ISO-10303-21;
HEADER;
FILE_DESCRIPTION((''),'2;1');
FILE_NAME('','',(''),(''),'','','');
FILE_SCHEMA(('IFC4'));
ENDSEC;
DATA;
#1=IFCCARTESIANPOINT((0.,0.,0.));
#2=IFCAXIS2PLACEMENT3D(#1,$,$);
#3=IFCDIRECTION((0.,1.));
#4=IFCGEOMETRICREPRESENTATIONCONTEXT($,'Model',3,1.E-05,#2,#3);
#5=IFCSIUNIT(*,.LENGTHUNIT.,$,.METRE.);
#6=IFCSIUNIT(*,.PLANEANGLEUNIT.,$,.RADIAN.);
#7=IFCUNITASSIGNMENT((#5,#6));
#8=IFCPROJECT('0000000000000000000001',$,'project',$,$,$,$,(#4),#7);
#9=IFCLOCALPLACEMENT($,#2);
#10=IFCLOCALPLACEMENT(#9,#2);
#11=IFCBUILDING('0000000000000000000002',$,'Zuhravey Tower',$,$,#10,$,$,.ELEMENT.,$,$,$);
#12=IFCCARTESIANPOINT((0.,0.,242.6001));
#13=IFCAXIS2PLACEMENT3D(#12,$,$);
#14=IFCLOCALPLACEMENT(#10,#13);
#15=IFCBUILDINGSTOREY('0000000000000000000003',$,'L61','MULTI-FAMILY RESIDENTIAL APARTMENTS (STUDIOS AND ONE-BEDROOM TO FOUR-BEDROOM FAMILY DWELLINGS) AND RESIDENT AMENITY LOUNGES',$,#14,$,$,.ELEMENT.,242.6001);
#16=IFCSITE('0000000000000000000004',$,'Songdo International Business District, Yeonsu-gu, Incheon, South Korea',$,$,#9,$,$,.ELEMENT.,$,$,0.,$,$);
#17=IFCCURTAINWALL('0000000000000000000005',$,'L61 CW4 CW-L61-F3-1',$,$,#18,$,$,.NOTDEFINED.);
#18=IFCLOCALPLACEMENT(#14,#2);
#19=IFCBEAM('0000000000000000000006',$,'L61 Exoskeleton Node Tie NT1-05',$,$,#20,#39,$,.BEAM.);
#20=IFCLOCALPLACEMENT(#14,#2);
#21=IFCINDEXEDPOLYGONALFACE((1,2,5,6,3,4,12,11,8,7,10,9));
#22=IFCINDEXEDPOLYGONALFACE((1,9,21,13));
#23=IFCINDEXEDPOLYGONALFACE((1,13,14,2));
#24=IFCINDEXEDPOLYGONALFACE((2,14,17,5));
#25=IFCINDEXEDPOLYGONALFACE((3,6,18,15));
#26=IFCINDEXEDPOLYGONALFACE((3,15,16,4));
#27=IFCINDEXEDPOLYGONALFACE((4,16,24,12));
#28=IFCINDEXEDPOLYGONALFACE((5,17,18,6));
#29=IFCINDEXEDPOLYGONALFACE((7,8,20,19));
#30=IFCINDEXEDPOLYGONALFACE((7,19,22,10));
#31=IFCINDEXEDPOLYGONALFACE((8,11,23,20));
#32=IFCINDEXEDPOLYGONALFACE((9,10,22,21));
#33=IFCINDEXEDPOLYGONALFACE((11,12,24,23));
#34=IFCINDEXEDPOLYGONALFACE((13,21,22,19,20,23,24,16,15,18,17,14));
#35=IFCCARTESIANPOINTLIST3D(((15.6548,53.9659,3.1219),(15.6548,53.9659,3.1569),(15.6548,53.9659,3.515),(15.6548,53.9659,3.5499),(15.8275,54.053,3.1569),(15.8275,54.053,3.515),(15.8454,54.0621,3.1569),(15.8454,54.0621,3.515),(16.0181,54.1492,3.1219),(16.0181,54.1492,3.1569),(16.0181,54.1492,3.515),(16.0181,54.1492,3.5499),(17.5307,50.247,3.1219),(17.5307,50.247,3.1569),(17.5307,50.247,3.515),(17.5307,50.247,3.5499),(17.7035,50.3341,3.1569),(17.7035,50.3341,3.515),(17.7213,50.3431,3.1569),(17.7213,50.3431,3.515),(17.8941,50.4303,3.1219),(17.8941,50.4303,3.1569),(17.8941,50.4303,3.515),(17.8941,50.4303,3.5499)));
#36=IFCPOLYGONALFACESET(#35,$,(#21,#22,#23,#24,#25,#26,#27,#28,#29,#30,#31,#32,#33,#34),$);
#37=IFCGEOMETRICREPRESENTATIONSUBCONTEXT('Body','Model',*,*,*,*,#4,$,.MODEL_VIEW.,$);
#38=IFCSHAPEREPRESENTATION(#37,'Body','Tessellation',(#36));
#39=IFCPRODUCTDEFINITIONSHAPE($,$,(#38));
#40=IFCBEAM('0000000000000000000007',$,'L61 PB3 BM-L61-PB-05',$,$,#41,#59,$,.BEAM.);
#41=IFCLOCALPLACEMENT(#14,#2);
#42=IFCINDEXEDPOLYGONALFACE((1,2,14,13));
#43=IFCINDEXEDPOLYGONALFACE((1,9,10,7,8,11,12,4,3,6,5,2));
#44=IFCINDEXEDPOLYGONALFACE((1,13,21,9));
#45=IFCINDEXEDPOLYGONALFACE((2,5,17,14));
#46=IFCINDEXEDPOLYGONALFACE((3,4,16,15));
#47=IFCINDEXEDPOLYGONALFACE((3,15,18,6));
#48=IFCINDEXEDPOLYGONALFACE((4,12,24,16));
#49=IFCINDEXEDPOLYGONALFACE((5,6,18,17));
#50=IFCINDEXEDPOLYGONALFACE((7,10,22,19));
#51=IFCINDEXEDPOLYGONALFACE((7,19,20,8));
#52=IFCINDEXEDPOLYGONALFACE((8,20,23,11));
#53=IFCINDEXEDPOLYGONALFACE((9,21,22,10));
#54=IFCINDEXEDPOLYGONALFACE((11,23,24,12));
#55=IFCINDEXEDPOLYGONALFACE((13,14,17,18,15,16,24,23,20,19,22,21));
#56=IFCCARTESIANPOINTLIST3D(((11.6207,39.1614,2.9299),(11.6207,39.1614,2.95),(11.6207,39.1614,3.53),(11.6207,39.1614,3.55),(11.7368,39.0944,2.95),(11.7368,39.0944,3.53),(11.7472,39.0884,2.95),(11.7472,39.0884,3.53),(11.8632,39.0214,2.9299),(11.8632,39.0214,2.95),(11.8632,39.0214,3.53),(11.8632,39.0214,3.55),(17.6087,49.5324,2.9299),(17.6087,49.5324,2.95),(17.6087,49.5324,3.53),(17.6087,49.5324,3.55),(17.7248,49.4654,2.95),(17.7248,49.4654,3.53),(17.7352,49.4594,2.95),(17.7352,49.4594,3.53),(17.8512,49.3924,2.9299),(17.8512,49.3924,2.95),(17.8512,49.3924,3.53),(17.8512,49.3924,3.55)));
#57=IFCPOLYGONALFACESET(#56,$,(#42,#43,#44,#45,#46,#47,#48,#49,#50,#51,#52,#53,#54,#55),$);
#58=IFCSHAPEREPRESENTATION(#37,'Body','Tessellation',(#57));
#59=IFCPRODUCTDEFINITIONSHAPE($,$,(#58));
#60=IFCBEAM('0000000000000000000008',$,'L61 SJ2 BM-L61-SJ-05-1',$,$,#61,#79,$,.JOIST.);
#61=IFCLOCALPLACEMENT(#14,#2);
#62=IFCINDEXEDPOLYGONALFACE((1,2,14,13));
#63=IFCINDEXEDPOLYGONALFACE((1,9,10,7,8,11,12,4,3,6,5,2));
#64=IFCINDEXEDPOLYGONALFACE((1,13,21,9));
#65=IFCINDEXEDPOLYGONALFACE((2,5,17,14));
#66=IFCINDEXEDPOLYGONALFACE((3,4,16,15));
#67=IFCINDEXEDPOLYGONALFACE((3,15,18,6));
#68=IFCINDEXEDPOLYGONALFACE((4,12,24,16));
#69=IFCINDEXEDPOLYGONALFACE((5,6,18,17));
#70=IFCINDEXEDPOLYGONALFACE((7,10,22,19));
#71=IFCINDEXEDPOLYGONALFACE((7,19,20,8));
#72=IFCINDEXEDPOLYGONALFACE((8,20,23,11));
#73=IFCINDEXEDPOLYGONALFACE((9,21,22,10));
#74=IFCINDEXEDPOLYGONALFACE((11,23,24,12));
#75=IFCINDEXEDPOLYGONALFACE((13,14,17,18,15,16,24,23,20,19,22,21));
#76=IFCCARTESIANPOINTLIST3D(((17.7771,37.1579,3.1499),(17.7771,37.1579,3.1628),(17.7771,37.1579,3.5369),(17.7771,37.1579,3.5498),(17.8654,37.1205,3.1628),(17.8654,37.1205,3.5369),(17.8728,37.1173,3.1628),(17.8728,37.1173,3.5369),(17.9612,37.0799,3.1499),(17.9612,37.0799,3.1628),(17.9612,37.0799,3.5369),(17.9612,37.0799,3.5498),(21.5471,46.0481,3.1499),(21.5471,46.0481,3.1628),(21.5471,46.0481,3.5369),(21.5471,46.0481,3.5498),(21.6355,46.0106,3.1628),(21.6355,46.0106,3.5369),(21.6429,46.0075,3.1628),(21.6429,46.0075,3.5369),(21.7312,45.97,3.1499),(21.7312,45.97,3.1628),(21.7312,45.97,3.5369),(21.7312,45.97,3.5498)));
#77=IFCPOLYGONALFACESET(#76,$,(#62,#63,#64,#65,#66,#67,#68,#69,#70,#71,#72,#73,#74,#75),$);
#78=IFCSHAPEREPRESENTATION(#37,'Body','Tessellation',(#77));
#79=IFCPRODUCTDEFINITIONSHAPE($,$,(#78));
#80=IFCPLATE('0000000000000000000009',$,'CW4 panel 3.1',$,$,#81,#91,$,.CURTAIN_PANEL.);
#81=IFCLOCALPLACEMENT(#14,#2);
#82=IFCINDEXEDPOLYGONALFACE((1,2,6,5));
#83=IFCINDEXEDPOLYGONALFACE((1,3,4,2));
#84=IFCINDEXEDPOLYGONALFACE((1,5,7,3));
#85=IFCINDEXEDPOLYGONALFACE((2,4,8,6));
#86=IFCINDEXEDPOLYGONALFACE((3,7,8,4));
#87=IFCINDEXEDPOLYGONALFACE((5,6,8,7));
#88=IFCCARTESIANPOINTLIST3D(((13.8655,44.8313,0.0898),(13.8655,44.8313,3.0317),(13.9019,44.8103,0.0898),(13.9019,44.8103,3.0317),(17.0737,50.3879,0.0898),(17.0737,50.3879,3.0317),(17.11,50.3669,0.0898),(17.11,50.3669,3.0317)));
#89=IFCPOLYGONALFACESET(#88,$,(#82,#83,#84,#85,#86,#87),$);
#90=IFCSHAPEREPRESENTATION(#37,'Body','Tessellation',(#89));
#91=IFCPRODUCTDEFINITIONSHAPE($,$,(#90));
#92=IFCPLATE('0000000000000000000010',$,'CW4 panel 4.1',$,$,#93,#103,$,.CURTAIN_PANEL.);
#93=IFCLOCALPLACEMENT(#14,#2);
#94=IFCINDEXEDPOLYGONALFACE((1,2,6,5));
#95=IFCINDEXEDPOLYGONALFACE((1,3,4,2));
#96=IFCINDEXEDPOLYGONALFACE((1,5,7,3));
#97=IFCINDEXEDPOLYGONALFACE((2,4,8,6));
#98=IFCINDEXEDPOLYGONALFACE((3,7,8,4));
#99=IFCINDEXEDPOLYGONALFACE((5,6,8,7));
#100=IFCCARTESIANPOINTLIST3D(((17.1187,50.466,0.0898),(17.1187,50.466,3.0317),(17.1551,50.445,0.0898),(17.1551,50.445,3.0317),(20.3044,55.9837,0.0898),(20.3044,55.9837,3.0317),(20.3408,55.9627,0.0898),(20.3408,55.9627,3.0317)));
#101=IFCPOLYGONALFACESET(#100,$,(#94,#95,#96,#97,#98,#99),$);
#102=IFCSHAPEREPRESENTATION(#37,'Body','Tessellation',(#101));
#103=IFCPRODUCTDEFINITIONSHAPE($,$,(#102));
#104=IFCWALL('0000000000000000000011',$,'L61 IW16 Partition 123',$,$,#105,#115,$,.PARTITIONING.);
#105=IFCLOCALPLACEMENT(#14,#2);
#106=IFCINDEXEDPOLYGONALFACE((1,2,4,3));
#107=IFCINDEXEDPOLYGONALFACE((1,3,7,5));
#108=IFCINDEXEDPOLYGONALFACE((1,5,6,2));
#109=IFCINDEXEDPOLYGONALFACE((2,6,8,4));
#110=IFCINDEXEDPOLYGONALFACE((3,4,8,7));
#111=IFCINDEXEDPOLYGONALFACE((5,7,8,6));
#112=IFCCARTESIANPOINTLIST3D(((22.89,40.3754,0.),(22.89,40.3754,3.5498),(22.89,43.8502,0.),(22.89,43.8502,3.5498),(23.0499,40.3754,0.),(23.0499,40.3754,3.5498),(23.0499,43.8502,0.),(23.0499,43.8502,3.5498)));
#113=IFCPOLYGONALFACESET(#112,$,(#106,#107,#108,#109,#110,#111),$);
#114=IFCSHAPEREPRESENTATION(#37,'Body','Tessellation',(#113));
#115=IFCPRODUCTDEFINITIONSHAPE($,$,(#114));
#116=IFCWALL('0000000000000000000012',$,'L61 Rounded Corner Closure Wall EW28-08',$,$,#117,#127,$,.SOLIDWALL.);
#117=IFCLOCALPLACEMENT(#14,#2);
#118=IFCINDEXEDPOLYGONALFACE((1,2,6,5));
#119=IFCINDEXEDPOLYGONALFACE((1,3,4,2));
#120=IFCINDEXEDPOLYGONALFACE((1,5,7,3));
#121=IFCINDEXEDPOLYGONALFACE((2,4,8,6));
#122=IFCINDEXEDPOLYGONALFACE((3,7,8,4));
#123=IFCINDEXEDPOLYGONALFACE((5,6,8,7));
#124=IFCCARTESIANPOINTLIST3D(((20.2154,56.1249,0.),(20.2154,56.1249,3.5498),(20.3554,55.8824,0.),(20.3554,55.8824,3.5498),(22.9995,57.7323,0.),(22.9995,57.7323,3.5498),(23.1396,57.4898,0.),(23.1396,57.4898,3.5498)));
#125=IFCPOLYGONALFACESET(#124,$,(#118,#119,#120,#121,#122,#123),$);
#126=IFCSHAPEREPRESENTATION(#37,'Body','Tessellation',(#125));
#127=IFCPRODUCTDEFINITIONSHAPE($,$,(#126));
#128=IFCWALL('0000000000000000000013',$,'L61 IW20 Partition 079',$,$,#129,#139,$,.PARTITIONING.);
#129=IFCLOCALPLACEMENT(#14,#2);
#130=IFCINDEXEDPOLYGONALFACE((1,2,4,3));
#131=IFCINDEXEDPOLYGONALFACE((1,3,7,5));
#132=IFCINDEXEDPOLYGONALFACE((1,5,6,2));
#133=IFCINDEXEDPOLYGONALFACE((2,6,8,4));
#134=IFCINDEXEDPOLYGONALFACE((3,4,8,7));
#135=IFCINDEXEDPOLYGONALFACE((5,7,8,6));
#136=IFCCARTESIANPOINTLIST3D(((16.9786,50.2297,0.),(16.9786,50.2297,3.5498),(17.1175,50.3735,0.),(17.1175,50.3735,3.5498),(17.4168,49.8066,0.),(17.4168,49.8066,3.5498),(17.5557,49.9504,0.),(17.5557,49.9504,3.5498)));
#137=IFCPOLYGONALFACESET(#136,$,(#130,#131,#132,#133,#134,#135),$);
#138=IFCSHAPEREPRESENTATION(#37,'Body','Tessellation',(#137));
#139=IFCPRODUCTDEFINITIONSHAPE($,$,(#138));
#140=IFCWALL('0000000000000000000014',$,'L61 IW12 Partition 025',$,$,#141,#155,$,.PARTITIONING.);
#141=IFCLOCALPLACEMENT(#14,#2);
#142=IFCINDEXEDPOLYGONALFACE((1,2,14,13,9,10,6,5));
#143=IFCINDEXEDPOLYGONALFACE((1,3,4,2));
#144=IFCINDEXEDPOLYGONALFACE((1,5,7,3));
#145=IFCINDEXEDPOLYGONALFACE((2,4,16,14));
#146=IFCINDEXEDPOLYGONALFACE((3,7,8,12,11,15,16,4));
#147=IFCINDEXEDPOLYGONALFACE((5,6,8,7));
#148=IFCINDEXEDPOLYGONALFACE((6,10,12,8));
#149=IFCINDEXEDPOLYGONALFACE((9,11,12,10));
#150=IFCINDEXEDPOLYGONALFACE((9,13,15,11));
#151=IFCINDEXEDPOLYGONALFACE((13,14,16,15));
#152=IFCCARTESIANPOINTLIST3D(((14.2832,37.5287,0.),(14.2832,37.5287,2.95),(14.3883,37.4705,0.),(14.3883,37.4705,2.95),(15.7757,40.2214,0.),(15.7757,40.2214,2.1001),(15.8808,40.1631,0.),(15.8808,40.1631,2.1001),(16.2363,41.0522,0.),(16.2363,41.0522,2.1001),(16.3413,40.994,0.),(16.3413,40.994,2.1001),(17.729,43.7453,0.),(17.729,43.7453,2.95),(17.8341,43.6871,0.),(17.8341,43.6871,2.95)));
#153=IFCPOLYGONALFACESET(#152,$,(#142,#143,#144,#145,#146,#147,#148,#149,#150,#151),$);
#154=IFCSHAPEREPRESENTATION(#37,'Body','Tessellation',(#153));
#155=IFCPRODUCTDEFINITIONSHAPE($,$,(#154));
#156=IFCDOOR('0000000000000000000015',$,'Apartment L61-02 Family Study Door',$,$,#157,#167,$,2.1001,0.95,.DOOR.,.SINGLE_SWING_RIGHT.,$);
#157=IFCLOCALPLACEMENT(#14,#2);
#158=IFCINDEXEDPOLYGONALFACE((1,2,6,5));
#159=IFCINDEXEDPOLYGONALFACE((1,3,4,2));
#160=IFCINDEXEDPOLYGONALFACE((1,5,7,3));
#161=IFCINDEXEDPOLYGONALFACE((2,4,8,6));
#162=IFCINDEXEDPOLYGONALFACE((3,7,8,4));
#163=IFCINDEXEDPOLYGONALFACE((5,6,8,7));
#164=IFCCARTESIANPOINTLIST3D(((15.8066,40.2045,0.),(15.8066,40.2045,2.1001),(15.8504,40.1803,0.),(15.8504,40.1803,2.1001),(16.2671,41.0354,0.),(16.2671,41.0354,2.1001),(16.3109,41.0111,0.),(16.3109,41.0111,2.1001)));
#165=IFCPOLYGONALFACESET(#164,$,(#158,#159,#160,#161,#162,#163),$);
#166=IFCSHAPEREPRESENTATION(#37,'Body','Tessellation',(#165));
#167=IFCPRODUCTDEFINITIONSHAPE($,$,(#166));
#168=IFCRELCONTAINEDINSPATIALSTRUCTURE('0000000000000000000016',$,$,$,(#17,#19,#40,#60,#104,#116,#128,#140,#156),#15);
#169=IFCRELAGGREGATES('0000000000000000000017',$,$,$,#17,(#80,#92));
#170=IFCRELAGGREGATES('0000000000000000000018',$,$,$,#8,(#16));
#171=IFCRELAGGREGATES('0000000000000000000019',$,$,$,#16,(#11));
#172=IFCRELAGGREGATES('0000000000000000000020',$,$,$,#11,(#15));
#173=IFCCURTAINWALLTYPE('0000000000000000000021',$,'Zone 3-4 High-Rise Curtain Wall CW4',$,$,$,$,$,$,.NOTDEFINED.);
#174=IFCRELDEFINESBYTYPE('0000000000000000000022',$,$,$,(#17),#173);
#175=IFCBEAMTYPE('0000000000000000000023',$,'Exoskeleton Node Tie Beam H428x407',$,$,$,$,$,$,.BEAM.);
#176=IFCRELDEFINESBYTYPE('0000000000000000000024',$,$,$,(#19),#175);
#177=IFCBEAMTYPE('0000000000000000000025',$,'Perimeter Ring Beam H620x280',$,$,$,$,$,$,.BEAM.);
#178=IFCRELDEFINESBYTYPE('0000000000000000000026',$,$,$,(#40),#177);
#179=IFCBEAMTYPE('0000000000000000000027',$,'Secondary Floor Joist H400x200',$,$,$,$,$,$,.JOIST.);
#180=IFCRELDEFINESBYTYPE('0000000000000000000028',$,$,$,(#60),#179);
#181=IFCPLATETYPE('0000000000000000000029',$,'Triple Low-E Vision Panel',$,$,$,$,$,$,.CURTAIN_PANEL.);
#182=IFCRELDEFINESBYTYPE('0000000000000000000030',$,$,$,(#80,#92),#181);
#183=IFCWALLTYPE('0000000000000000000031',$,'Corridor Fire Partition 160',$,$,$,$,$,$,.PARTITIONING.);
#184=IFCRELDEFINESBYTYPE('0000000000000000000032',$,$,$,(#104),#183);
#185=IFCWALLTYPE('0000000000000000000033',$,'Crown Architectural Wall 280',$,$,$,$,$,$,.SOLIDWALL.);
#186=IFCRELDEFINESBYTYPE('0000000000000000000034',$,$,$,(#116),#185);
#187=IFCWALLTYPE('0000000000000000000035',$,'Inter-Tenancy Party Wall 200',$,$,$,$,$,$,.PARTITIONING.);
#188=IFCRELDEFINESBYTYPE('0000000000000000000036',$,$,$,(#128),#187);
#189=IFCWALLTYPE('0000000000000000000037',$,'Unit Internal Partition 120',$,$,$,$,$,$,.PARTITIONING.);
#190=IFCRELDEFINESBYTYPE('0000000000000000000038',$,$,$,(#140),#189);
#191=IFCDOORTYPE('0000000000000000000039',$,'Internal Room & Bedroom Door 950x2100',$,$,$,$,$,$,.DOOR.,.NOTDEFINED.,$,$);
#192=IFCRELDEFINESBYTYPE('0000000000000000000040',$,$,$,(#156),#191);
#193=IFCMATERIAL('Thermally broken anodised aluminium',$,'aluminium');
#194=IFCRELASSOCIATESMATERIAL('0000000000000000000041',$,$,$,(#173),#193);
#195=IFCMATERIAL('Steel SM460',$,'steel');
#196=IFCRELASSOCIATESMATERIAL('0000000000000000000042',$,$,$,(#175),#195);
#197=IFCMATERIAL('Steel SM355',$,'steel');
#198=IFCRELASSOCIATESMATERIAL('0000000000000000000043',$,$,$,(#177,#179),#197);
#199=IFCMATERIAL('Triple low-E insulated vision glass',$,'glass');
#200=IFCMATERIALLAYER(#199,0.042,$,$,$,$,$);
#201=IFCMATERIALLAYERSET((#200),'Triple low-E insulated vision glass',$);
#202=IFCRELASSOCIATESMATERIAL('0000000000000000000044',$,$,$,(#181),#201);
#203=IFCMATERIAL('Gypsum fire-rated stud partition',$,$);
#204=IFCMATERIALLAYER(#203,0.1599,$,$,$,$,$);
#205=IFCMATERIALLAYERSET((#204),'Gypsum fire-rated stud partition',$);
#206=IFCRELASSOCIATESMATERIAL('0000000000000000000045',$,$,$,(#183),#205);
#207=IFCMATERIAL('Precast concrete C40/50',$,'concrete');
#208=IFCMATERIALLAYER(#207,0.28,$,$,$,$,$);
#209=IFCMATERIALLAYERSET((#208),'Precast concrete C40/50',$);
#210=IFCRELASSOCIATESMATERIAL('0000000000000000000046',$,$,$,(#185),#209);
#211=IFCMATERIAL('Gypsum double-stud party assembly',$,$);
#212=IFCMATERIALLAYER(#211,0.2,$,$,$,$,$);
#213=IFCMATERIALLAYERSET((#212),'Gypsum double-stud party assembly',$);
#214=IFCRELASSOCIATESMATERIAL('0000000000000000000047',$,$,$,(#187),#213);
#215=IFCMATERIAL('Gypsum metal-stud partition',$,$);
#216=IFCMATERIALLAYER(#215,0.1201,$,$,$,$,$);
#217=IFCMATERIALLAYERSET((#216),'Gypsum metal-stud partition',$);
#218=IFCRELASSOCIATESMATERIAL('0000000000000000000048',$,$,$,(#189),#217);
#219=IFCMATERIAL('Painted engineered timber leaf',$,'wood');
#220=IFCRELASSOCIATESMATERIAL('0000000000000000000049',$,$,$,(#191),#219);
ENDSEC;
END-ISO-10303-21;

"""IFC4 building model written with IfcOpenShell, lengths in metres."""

from ifc_helpers import new_model, si_unit, direction, frame, frame_2d, origin, origin_2d, place, context, subcontext, project, spatial, rectangle, i_section, extrude, material, layer, layer_set, material_profile, profile_set, type_object, element, fill, aggregate, save


model = new_model("IFC4")

# Units and contexts
model_context = context("Model", 3, precision=1e-05, world=origin(), true_north=direction((0.0, 1.0)))
body_context = subcontext(model_context, "Body", "Model", "MODEL_VIEW")
ifc_project = project(units=[si_unit("LENGTHUNIT", "METRE"), si_unit("PLANEANGLEUNIT", "RADIAN")], contexts=[model_context])

# Site, building, storey
site_placement = place(None, origin())
site = spatial("IfcSite", under=ifc_project, at=site_placement, Name="Songdo International Business District, Yeonsu-gu, Incheon, South Korea", CompositionType="ELEMENT", RefElevation=0.0)
building_placement = place(site_placement, origin())
building = spatial("IfcBuilding", under=site, at=building_placement, Name="Zuhravey Tower", CompositionType="ELEMENT")
storey_placement = place(building_placement, frame((0.0, 0.0, 242.6001)))
storey = spatial("IfcBuildingStorey", under=building, at=storey_placement, Name="L61", Description="MULTI-FAMILY RESIDENTIAL APARTMENTS (STUDIOS AND ONE-BEDROOM TO FOUR-BEDROOM FAMILY DWELLINGS) AND RESIDENT AMENITY LOUNGES", CompositionType="ELEMENT", Elevation=242.6001)

# Curtain wall
ifc_material_1 = material(Name="Thermally broken anodised aluminium", Category="aluminium")
curtain_wall_type = type_object("IfcCurtainWallType", Name="Zone 3-4 High-Rise Curtain Wall CW4", PredefinedType="NOTDEFINED", material=ifc_material_1)
curtain_wall_1_placement = place(storey_placement, origin())
curtain_wall_1 = element("IfcCurtainWall", 1, at=curtain_wall_1_placement, inside=storey, type_object=curtain_wall_type, Name="L61 CW4 CW-L61-F3-1", PredefinedType="NOTDEFINED")

# Beams
ifc_material_2 = material(Name="Steel SM460", Category="steel")
ifc_material_profile_1 = material_profile(ifc_material_2, i_section(OverallWidth=0.407, OverallDepth=0.428, WebThickness=0.02, FlangeThickness=0.0349, at=origin_2d()), Name="H-428x407x20x35")
ifc_profile_set_1 = profile_set([ifc_material_profile_1], Name="Steel SM460")
beam_type_1 = type_object("IfcBeamType", Name="Exoskeleton Node Tie Beam H428x407", PredefinedType="BEAM", material=ifc_profile_set_1)
beam_1_placement = place(storey_placement, frame((17.7124, 50.3386, 3.3359), z_axis=(-0.450376, 0.892839, 0.0), x_axis=(-0.892839, -0.450376, 0.0)))
element("IfcBeam", 2, at=beam_1_placement, inside=storey, type_object=beam_type_1, Name="L61 Exoskeleton Node Tie NT1-05", PredefinedType="BEAM", context=body_context, shape_type="SweptSolid", body=[
    extrude(i_section(OverallWidth=0.407, OverallDepth=0.428, WebThickness=0.02, FlangeThickness=0.0349, at=origin_2d()), origin(), (0.0, 0.0, 1.0), 4.1653),
])
ifc_material_3 = material(Name="Steel SM355", Category="steel")
ifc_material_profile_2 = material_profile(ifc_material_3, i_section(OverallWidth=0.28, OverallDepth=0.6201, WebThickness=0.012, FlangeThickness=0.02, at=origin_2d()), Name="H-620x280x12x20")
ifc_profile_set_2 = profile_set([ifc_material_profile_2], Name="Steel SM355")
beam_type_2 = type_object("IfcBeamType", Name="Perimeter Ring Beam H620x280", PredefinedType="BEAM", material=ifc_profile_set_2)
beam_2_placement = place(storey_placement, frame((17.73, 49.4624, 3.24), z_axis=(-0.500018, -0.866015, 0.0), x_axis=(0.866015, -0.500018, 0.0)))
element("IfcBeam", 3, at=beam_2_placement, inside=storey, type_object=beam_type_2, Name="L61 PB3 BM-L61-PB-05", PredefinedType="BEAM", context=body_context, shape_type="SweptSolid", body=[
    extrude(i_section(OverallWidth=0.28, OverallDepth=0.6201, WebThickness=0.012, FlangeThickness=0.02, at=origin_2d()), origin(), (0.0, 0.0, 1.0), 11.9756),
])
ifc_material_profile_3 = material_profile(ifc_material_3, i_section(OverallWidth=0.2, OverallDepth=0.3999, WebThickness=0.0081, FlangeThickness=0.0129, at=origin_2d()), Name="H-400x200x8x13")
ifc_profile_set_3 = profile_set([ifc_material_profile_3], Name="Steel SM355")
beam_type_3 = type_object("IfcBeamType", Name="Secondary Floor Joist H400x200", PredefinedType="JOIST", material=ifc_profile_set_3)
beam_3_placement = place(storey_placement, frame((21.6392, 46.009, 3.3499), z_axis=(-0.390413, -0.92064, 0.0), x_axis=(0.92064, -0.390413, 0.0)))
element("IfcBeam", 4, at=beam_3_placement, inside=storey, type_object=beam_type_3, Name="L61 SJ2 BM-L61-SJ-05-1", PredefinedType="JOIST", context=body_context, shape_type="SweptSolid", body=[
    extrude(i_section(OverallWidth=0.2, OverallDepth=0.3999, WebThickness=0.0081, FlangeThickness=0.0129, at=origin_2d()), origin(), (0.0, 0.0, 1.0), 9.6565),
])

# Plates
ifc_material_4 = material(Name="Triple low-E insulated vision glass", Category="glass")
ifc_layer_1 = layer(ifc_material_4, 0.042)
ifc_layer_set_1 = layer_set([ifc_layer_1], Name="Triple low-E insulated vision glass")
plate_type = type_object("IfcPlateType", Name="Triple Low-E Vision Panel", PredefinedType="CURTAIN_PANEL", material=ifc_layer_set_1)
plate_1_placement = place(storey_placement, frame((15.4878, 47.5991, 0.0898), z_axis=(0.0, 0.0, 1.0), x_axis=(0.500001, 0.866025, 0.0)))
plate_1 = element("IfcPlate", 5, at=plate_1_placement, type_object=plate_type, Name="CW4 panel 3.1", PredefinedType="CURTAIN_PANEL", context=body_context, shape_type="SweptSolid", body=[
    extrude(rectangle(XDim=6.4163, YDim=0.042, at=origin_2d()), origin(), (0.0, 0.0, 1.0), 2.9419),
])
plate_2_placement = place(storey_placement, frame((18.7297, 53.2144, 0.0898), z_axis=(0.0, 0.0, 1.0), x_axis=(0.500001, 0.866025, 0.0)))
plate_2 = element("IfcPlate", 6, at=plate_2_placement, type_object=plate_type, Name="CW4 panel 4.1", PredefinedType="CURTAIN_PANEL", context=body_context, shape_type="SweptSolid", body=[
    extrude(rectangle(XDim=6.3713, YDim=0.042, at=origin_2d()), origin(), (0.0, 0.0, 1.0), 2.9419),
])
aggregate(curtain_wall_1, [plate_1, plate_2])

# Walls
ifc_material_5 = material(Name="Gypsum fire-rated stud partition")
ifc_layer_2 = layer(ifc_material_5, 0.1599)
ifc_layer_set_2 = layer_set([ifc_layer_2], Name="Gypsum fire-rated stud partition")
wall_type_1 = type_object("IfcWallType", Name="Corridor Fire Partition 160", PredefinedType="PARTITIONING", material=ifc_layer_set_2)
wall_1_placement = place(storey_placement, frame((22.97, 43.8501, 0.0), z_axis=(0.0, 0.0, 1.0), x_axis=(0.0, -1.0, 0.0)))
element("IfcWall", 7, at=wall_1_placement, inside=storey, type_object=wall_type_1, Name="L61 IW16 Partition 123", PredefinedType="PARTITIONING", context=body_context, shape_type="SweptSolid", body=[
    extrude(rectangle(XDim=3.4749, YDim=0.1599, at=frame_2d((1.7373, 0.0))), origin(), (0.0, 0.0, 1.0), 3.5498),
])
ifc_material_6 = material(Name="Precast concrete C40/50", Category="concrete")
ifc_layer_3 = layer(ifc_material_6, 0.28)
ifc_layer_set_3 = layer_set([ifc_layer_3], Name="Precast concrete C40/50")
wall_type_2 = type_object("IfcWallType", Name="Crown Architectural Wall 280", PredefinedType="SOLIDWALL", material=ifc_layer_set_3)
wall_2_placement = place(storey_placement, frame((20.2854, 56.0037, 0.0), z_axis=(0.0, 0.0, 1.0), x_axis=(0.866029, 0.499994, 0.0)))
element("IfcWall", 8, at=wall_2_placement, inside=storey, type_object=wall_type_2, Name="L61 Rounded Corner Closure Wall EW28-08", PredefinedType="SOLIDWALL", context=body_context, shape_type="SweptSolid", body=[
    extrude(rectangle(XDim=3.2148, YDim=0.28, at=frame_2d((1.6074, 0.0))), origin(), (0.0, 0.0, 1.0), 3.5498),
])
ifc_material_7 = material(Name="Gypsum double-stud party assembly")
ifc_layer_4 = layer(ifc_material_7, 0.2)
ifc_layer_set_4 = layer_set([ifc_layer_4], Name="Gypsum double-stud party assembly")
wall_type_3 = type_object("IfcWallType", Name="Inter-Tenancy Party Wall 200", PredefinedType="PARTITIONING", material=ifc_layer_set_4)
wall_3_placement = place(storey_placement, frame((17.4863, 49.8784, 0.0), z_axis=(0.0, 0.0, 1.0), x_axis=(-0.719422, 0.694573, 0.0)))
element("IfcWall", 9, at=wall_3_placement, inside=storey, type_object=wall_type_3, Name="L61 IW20 Partition 079", PredefinedType="PARTITIONING", context=body_context, shape_type="SweptSolid", body=[
    extrude(rectangle(XDim=0.6091, YDim=0.2, at=frame_2d((0.3047, 0.0))), origin(), (0.0, 0.0, 1.0), 3.5498),
])

# Wall, opening, door
ifc_material_8 = material(Name="Gypsum metal-stud partition")
ifc_layer_5 = layer(ifc_material_8, 0.1201)
ifc_layer_set_5 = layer_set([ifc_layer_5], Name="Gypsum metal-stud partition")
wall_type_4 = type_object("IfcWallType", Name="Unit Internal Partition 120", PredefinedType="PARTITIONING", material=ifc_layer_set_5)
wall_4_placement = place(storey_placement, frame((17.7815, 43.7161, 0.0), z_axis=(0.0, 0.0, 1.0), x_axis=(-0.4848, -0.874625, 0.0)))
wall_4 = element("IfcWall", 10, at=wall_4_placement, inside=storey, type_object=wall_type_4, Name="L61 IW12 Partition 025", PredefinedType="PARTITIONING", context=body_context, shape_type="SweptSolid", body=[
    extrude(rectangle(XDim=7.1077, YDim=0.1201, at=frame_2d((3.5537, 0.0))), origin(), (0.0, 0.0, 1.0), 2.95),
])
opening_1_placement = place(wall_4_placement, frame((3.0789, 0.0, 0.0)))
opening_1 = element("IfcOpeningElement", 11, at=opening_1_placement, cuts=wall_4, PredefinedType="OPENING", context=body_context, shape_type="SweptSolid", body=[
    extrude(rectangle(XDim=0.95, YDim=2.1001, at=frame_2d((0.4751, 1.05))), frame((0.0, 0.072, 0.0), z_axis=(0.0, -1.0, 0.0), x_axis=(1.0, 0.0, 0.0)), (0.0, 0.0, 1.0), 0.144),
])
ifc_material_9 = material(Name="Painted engineered timber leaf", Category="wood")
door_type = type_object("IfcDoorType", Name="Internal Room & Bedroom Door 950x2100", OperationType="NOTDEFINED", PredefinedType="DOOR", material=ifc_material_9)
door_1_placement = place(opening_1_placement, frame((0.95, 0.0, 0.0), z_axis=(0.0, 0.0, 1.0), x_axis=(-1.0, 0.0, 0.0)))
door_1 = element("IfcDoor", 12, at=door_1_placement, inside=storey, type_object=door_type, Name="Apartment L61-02 Family Study Door", OperationType="SINGLE_SWING_RIGHT", OverallHeight=2.1001, OverallWidth=0.95, PredefinedType="DOOR", context=body_context, shape_type="SweptSolid", body=[
    extrude(rectangle(XDim=0.95, YDim=2.1001, at=frame_2d((0.4751, 1.05))), frame((0.0, 0.0249, 0.0), z_axis=(0.0, -1.0, 0.0), x_axis=(1.0, 0.0, 0.0)), (0.0, 0.0, 1.0), 0.05),
])
fill(opening_1, door_1)

save(model, "model.ifc")
